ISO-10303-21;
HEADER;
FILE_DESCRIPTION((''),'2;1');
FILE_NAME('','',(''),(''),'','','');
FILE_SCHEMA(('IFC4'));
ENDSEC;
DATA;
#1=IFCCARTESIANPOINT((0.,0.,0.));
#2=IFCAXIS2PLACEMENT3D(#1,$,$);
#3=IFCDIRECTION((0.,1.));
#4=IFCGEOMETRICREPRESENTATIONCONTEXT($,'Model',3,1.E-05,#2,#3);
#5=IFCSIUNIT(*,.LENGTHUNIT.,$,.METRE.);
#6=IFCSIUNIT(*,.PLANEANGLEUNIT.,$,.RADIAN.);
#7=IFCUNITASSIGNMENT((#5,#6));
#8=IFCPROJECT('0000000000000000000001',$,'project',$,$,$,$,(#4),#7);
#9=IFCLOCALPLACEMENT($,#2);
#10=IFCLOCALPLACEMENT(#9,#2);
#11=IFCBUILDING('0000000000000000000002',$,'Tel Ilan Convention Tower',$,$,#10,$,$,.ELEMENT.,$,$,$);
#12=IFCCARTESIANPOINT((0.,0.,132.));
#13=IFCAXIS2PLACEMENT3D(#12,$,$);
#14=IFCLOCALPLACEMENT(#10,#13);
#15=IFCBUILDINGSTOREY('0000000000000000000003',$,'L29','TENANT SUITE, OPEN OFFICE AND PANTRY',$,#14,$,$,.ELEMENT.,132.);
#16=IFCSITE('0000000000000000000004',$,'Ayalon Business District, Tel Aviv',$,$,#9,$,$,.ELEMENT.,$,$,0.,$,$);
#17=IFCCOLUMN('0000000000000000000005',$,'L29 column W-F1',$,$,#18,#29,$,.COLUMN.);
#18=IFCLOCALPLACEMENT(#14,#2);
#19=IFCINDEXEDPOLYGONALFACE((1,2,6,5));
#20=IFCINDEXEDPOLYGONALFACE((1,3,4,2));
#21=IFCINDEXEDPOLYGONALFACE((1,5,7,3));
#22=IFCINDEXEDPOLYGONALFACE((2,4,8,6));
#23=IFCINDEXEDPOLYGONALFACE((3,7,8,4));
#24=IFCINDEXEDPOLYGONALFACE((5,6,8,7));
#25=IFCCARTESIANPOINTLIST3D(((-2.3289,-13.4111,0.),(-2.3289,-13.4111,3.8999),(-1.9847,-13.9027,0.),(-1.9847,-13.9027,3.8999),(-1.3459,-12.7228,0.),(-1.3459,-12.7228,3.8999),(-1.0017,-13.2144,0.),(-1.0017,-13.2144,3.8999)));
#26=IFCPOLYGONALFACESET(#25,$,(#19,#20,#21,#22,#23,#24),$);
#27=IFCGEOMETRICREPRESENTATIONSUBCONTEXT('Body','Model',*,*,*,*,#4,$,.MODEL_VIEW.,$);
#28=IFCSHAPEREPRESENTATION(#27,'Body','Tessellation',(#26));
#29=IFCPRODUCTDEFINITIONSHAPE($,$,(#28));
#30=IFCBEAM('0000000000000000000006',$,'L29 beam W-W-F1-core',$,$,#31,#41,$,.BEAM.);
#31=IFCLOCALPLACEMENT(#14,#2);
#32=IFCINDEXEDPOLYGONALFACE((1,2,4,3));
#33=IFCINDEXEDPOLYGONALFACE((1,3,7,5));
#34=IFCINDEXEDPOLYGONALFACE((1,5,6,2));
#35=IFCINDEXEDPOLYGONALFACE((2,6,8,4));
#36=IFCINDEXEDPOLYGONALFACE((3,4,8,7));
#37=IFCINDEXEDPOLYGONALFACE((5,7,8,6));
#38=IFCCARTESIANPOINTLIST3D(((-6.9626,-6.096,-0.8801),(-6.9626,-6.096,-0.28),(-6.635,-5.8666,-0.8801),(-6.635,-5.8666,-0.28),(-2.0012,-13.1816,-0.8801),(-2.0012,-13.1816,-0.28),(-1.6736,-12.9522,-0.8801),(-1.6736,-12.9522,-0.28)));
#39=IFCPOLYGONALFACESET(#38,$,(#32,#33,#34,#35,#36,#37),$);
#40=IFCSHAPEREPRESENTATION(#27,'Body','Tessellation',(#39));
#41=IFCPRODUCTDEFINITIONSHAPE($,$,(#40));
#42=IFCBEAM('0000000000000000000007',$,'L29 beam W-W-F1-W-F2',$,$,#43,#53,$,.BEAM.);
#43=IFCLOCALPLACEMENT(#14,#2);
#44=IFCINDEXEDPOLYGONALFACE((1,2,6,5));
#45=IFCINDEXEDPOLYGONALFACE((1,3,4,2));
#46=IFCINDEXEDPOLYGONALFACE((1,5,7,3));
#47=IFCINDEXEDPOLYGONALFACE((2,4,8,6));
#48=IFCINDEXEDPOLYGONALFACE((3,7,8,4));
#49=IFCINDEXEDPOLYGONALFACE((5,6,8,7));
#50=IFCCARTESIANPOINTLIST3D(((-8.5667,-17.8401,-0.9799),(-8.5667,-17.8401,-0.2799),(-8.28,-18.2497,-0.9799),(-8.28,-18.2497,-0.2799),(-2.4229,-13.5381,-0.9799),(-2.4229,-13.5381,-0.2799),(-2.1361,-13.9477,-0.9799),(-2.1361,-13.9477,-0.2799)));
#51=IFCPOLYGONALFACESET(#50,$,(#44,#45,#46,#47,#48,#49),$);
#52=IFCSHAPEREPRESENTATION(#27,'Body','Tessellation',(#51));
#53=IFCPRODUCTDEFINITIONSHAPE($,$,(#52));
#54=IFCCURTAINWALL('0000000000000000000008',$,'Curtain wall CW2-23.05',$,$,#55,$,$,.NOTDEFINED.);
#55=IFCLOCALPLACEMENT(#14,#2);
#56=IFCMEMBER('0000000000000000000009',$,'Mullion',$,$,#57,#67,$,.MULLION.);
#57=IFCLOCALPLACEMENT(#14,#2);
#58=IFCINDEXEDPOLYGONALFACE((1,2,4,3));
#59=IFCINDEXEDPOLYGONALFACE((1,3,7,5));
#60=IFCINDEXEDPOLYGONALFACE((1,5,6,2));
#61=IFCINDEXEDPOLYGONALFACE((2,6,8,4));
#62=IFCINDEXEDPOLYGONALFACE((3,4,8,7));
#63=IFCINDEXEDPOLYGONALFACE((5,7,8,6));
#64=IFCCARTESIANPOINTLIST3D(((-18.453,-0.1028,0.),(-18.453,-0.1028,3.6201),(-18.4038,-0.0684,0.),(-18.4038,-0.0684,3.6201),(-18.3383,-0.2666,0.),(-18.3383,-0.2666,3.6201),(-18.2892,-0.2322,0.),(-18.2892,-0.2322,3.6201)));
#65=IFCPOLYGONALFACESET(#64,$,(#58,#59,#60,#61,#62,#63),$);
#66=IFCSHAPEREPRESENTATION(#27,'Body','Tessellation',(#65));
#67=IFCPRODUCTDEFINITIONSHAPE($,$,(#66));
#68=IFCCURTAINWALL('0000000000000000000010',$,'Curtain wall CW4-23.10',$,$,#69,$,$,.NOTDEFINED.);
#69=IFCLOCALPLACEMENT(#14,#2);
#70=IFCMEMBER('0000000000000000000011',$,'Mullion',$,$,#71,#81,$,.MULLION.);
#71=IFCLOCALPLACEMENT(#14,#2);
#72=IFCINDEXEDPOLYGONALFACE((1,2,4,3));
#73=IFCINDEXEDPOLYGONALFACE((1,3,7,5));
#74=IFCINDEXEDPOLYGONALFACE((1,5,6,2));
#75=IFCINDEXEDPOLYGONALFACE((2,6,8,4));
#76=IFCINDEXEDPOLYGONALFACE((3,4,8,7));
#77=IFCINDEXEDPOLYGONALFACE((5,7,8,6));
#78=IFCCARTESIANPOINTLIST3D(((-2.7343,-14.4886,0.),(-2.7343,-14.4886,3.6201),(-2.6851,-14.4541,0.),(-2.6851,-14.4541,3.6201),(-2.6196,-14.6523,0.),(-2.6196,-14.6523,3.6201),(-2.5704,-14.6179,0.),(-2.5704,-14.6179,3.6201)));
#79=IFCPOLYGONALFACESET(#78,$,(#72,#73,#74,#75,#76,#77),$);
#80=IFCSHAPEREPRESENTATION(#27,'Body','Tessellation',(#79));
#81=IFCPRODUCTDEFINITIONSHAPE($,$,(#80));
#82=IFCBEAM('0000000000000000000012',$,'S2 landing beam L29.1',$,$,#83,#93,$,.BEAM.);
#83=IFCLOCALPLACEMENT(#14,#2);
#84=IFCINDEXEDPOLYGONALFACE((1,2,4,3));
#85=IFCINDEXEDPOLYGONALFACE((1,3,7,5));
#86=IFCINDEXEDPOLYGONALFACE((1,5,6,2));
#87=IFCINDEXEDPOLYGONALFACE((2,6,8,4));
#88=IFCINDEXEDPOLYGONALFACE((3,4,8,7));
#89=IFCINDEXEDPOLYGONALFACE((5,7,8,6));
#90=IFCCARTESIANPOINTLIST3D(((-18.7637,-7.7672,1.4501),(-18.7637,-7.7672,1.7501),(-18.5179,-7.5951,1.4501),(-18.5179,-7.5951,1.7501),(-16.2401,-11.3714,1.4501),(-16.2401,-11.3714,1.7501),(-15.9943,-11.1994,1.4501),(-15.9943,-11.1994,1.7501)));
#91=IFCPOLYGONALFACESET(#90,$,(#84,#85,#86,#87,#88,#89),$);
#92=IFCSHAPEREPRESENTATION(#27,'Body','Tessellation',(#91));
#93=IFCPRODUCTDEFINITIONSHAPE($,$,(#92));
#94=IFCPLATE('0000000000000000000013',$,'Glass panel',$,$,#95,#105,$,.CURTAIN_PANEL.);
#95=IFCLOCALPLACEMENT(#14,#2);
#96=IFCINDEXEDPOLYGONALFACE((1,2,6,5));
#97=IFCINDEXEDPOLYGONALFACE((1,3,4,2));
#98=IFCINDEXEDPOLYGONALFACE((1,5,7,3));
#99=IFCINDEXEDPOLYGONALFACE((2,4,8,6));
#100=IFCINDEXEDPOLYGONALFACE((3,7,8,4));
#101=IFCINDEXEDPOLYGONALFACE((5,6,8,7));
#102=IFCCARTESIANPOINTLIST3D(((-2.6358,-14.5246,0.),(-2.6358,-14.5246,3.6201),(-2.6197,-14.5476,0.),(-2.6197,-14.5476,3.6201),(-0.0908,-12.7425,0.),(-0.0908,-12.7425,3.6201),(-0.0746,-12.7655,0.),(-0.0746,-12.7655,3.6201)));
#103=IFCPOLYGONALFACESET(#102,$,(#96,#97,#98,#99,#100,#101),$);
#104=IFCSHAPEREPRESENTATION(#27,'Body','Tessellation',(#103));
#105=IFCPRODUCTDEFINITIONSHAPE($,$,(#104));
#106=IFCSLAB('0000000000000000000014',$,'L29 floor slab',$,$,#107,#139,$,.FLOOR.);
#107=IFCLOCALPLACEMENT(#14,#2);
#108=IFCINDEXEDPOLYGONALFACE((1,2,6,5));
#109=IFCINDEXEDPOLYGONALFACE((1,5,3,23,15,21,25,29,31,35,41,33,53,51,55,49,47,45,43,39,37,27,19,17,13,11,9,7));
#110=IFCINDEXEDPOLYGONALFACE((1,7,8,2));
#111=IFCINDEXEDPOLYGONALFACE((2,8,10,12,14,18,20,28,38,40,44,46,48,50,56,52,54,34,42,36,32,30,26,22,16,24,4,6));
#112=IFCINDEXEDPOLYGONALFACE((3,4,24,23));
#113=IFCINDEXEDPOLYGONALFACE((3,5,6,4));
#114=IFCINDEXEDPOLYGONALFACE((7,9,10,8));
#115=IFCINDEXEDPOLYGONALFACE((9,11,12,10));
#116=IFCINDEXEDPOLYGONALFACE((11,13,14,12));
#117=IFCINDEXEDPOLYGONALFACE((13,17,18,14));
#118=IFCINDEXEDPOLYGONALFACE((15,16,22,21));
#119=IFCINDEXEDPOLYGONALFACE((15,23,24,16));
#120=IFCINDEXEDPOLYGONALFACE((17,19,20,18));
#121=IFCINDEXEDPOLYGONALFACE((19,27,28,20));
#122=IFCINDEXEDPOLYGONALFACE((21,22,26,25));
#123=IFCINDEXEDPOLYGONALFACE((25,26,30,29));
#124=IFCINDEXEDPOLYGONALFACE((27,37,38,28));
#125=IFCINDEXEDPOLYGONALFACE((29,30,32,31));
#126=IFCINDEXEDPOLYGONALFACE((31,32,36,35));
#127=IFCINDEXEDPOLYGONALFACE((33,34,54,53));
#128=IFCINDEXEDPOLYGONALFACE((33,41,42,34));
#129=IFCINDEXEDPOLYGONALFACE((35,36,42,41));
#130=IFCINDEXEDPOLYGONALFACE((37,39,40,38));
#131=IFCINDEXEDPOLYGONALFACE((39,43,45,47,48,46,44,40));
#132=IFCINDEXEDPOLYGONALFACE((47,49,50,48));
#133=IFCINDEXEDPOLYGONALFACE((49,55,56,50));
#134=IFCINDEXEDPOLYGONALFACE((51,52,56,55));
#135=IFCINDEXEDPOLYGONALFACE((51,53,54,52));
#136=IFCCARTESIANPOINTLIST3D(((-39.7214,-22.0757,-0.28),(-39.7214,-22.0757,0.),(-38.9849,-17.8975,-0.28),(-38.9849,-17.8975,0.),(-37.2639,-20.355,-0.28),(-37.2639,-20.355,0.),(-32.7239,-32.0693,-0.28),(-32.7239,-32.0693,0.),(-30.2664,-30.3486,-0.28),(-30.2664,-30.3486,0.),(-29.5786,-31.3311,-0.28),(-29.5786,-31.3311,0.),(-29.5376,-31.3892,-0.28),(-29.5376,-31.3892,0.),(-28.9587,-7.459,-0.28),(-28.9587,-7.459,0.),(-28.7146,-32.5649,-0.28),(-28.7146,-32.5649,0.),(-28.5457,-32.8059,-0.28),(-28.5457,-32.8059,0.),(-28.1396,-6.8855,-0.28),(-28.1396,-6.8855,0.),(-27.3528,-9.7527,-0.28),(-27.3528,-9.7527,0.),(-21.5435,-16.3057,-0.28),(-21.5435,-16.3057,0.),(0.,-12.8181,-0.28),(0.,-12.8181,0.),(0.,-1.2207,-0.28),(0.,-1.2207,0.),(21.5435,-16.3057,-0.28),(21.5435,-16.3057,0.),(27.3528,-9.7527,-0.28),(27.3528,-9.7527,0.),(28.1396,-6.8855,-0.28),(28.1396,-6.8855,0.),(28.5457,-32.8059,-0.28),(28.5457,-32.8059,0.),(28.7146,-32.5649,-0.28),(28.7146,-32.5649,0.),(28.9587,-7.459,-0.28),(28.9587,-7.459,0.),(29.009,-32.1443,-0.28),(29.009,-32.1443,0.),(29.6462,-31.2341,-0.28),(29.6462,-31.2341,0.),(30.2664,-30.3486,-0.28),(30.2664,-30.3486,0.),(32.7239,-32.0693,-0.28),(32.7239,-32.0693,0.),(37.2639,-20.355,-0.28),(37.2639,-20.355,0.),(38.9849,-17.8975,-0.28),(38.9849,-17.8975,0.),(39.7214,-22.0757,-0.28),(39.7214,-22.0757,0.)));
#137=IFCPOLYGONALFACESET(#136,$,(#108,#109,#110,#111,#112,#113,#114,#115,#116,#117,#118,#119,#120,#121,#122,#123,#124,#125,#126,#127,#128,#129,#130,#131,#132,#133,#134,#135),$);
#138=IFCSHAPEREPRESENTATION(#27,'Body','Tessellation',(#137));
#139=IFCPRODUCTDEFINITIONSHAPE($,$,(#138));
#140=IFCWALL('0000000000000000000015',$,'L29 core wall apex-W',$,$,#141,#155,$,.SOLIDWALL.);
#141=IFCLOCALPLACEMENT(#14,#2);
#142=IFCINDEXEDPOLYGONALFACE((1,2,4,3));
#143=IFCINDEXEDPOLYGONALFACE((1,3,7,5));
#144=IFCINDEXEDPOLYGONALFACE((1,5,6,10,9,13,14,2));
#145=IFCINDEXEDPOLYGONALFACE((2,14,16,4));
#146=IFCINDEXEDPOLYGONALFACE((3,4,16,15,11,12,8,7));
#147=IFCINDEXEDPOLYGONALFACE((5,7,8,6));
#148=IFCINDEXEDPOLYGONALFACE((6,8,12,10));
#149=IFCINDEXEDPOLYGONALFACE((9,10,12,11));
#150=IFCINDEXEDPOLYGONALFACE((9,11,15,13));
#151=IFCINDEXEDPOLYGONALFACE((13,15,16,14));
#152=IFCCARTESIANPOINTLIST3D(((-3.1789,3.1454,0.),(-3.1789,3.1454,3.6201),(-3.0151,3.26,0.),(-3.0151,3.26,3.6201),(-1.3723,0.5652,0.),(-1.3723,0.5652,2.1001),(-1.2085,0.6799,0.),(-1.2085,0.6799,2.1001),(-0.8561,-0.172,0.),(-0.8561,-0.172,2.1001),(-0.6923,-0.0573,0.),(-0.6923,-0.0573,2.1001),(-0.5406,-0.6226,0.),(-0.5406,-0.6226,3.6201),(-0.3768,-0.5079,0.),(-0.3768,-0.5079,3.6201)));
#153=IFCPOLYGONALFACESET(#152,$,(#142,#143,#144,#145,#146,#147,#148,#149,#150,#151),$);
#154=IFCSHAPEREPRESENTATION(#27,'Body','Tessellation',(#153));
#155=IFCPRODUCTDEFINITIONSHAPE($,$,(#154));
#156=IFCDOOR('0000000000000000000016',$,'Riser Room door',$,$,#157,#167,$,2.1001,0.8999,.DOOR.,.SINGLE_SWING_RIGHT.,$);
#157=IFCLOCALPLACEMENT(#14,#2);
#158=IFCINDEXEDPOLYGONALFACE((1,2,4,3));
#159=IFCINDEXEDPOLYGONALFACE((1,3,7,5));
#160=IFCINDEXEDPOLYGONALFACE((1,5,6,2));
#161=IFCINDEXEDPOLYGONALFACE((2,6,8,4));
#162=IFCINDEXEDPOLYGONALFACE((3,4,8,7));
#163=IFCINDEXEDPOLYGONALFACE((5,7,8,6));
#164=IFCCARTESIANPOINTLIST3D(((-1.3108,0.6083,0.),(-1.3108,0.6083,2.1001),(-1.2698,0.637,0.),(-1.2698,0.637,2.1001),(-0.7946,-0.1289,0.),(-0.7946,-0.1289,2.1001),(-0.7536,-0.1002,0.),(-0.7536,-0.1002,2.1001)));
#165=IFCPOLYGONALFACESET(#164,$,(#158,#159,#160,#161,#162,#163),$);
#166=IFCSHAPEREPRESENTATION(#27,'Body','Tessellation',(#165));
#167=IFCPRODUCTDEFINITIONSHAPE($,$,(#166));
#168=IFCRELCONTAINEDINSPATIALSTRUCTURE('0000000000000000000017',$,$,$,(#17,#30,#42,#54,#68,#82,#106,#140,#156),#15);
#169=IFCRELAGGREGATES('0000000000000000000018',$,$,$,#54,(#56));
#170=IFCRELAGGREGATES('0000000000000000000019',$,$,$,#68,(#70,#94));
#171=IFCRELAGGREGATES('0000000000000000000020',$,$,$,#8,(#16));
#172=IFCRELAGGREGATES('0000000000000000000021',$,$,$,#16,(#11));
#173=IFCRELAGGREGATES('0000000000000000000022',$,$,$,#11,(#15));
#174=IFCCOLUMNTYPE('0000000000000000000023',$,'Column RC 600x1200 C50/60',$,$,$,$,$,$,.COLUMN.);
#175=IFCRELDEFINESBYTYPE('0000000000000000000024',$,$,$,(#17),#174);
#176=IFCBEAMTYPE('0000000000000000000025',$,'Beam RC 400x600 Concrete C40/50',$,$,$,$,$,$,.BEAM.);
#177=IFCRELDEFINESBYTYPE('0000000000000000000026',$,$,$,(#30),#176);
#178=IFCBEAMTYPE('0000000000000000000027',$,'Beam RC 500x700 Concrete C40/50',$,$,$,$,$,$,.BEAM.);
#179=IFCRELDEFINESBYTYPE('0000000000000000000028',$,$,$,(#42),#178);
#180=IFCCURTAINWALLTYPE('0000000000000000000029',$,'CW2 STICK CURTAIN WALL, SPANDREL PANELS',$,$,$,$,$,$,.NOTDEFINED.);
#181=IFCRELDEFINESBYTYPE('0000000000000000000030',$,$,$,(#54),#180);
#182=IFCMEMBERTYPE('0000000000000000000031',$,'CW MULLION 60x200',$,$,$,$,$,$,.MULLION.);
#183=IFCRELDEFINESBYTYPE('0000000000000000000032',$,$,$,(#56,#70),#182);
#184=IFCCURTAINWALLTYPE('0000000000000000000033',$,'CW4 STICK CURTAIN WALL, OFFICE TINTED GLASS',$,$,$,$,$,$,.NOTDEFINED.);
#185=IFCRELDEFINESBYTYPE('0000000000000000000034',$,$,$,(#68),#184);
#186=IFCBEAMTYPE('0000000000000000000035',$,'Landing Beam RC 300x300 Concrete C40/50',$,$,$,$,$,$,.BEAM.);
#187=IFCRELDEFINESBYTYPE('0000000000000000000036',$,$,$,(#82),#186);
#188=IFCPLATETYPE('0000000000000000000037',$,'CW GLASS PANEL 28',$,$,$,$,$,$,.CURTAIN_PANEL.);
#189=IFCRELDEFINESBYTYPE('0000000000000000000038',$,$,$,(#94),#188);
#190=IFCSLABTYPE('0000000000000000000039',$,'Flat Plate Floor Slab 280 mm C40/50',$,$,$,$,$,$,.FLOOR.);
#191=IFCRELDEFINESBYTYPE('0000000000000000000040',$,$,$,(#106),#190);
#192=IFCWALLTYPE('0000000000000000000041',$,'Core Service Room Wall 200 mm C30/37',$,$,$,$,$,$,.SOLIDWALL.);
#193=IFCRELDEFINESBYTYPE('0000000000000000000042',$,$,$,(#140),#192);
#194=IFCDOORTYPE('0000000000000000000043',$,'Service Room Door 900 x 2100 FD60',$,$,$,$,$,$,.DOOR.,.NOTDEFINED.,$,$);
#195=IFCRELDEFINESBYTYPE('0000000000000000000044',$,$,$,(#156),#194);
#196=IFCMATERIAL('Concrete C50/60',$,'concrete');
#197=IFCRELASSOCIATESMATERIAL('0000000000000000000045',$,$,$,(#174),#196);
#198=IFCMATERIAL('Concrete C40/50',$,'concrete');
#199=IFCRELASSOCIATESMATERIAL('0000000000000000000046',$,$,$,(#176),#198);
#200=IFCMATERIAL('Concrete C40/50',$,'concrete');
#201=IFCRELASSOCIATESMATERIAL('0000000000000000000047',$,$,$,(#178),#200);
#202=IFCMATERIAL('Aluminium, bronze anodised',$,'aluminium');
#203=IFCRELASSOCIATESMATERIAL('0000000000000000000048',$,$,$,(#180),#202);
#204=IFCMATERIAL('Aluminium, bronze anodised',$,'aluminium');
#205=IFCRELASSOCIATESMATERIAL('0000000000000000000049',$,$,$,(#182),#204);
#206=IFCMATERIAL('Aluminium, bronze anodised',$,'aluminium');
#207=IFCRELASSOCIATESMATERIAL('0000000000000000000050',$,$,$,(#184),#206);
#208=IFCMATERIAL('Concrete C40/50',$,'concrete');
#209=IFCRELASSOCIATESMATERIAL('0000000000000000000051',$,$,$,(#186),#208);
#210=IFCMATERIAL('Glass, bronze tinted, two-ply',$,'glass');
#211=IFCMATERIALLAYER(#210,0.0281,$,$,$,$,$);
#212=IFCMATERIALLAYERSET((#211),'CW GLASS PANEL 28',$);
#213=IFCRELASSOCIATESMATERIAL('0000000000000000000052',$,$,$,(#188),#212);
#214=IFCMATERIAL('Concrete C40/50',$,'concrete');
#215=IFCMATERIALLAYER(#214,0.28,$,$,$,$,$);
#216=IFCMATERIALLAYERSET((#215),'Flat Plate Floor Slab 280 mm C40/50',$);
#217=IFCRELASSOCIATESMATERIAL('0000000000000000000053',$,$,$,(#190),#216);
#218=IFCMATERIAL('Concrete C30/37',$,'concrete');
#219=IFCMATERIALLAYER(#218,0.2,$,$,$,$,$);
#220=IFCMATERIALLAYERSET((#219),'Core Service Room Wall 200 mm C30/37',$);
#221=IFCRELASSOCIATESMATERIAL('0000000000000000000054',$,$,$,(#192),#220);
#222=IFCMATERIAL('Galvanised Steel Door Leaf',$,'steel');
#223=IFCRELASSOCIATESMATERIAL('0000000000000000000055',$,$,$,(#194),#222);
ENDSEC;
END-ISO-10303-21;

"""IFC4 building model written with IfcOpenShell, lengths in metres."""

from ifc_helpers import new_model, si_unit, direction, frame, frame_2d, origin, origin_2d, place, context, subcontext, project, spatial, polyline, rectangle, outline, extrude, material, layer, layer_set, material_profile, profile_set, type_object, element, fill, aggregate, save


model = new_model("IFC4")

# Units and contexts
model_context = context("Model", 3, precision=1e-05, world=origin(), true_north=direction((0.0, 1.0)))
body_context = subcontext(model_context, "Body", "Model", "MODEL_VIEW")
ifc_project = project(units=[si_unit("LENGTHUNIT", "METRE"), si_unit("PLANEANGLEUNIT", "RADIAN")], contexts=[model_context])

# Site, building, storey
site_placement = place(None, origin())
site = spatial("IfcSite", under=ifc_project, at=site_placement, Name="Ayalon Business District, Tel Aviv", CompositionType="ELEMENT", RefElevation=0.0)
building_placement = place(site_placement, origin())
building = spatial("IfcBuilding", under=site, at=building_placement, Name="Tel Ilan Convention Tower", CompositionType="ELEMENT")
storey_placement = place(building_placement, frame((0.0, 0.0, 132.0)))
storey = spatial("IfcBuildingStorey", under=building, at=storey_placement, Name="L29", Description="TENANT SUITE, OPEN OFFICE AND PANTRY", CompositionType="ELEMENT", Elevation=132.0)

# Column
ifc_material_1 = material(Name="Concrete C50/60", Category="concrete")
ifc_material_profile_1 = material_profile(ifc_material_1, rectangle(XDim=1.2, YDim=0.6001, at=origin_2d()), Name="RC 600x1200")
ifc_profile_set_1 = profile_set([ifc_material_profile_1], Name="Concrete C50/60")
column_type = type_object("IfcColumnType", Name="Column RC 600x1200 C50/60", PredefinedType="COLUMN", material=ifc_profile_set_1)
column_placement = place(storey_placement, frame((-1.6653, -13.3127, 0.0), z_axis=(0.0, 0.0, 1.0), x_axis=(-0.819152, -0.573576, 0.0)))
element("IfcColumn", 1, at=column_placement, inside=storey, type_object=column_type, Name="L29 column W-F1", PredefinedType="COLUMN", context=body_context, shape_type="SweptSolid", body=[
    extrude(rectangle(XDim=1.2, YDim=0.6001, at=origin_2d()), origin(), (0.0, 0.0, 1.0), 3.8999),
])

# Beams
ifc_material_2 = material(Name="Concrete C40/50", Category="concrete")
ifc_material_profile_2 = material_profile(ifc_material_2, rectangle(XDim=0.3999, YDim=0.6001, at=origin_2d()), Name="RC 400x600")
ifc_profile_set_2 = profile_set([ifc_material_profile_2], Name="Concrete C40/50")
beam_type_1 = type_object("IfcBeamType", Name="Beam RC 400x600 Concrete C40/50", PredefinedType="BEAM", material=ifc_profile_set_2)
beam_1_placement = place(storey_placement, frame((-1.8374, -13.0669, -0.5801), z_axis=(-0.573574, 0.819154, 0.0), x_axis=(-0.819154, -0.573574, 0.0)))
element("IfcBeam", 2, at=beam_1_placement, inside=storey, type_object=beam_type_1, Name="L29 beam W-W-F1-core", PredefinedType="BEAM", context=body_context, shape_type="SweptSolid", body=[
    extrude(rectangle(XDim=0.3999, YDim=0.6001, at=origin_2d()), origin(), (0.0, 0.0, 1.0), 8.6499),
])
ifc_material_3 = material(Name="Concrete C40/50", Category="concrete")
ifc_material_profile_3 = material_profile(ifc_material_3, rectangle(XDim=0.5, YDim=0.7, at=origin_2d()), Name="RC 500x700")
ifc_profile_set_3 = profile_set([ifc_material_profile_3], Name="Concrete C40/50")
beam_type_2 = type_object("IfcBeamType", Name="Beam RC 500x700 Concrete C40/50", PredefinedType="BEAM", material=ifc_profile_set_3)
beam_2_placement = place(storey_placement, frame((-2.2795, -13.7429, -0.6299), z_axis=(-0.819148, -0.573582, 0.0), x_axis=(0.573582, -0.819148, 0.0)))
element("IfcBeam", 3, at=beam_2_placement, inside=storey, type_object=beam_type_2, Name="L29 beam W-W-F1-W-F2", PredefinedType="BEAM", context=body_context, shape_type="SweptSolid", body=[
    extrude(rectangle(XDim=0.5, YDim=0.7, at=origin_2d()), origin(), (0.0, 0.0, 1.0), 7.5002),
])

# Curtain walls, members
ifc_material_4 = material(Name="Aluminium, bronze anodised", Category="aluminium")
curtain_wall_type_1 = type_object("IfcCurtainWallType", Name="CW2 STICK CURTAIN WALL, SPANDREL PANELS", PredefinedType="NOTDEFINED", material=ifc_material_4)
curtain_wall_1_placement = place(storey_placement, origin())
curtain_wall_1 = element("IfcCurtainWall", 4, at=curtain_wall_1_placement, inside=storey, type_object=curtain_wall_type_1, Name="Curtain wall CW2-23.05", PredefinedType="NOTDEFINED")
ifc_material_5 = material(Name="Aluminium, bronze anodised", Category="aluminium")
ifc_material_profile_4 = material_profile(ifc_material_5, rectangle(XDim=0.0601, YDim=0.2, at=origin_2d()), Name="CW MULLION 60x200")
ifc_profile_set_4 = profile_set([ifc_material_profile_4], Name="Aluminium, bronze anodised")
member_type = type_object("IfcMemberType", Name="CW MULLION 60x200", PredefinedType="MULLION", material=ifc_profile_set_4)
member_1_placement = place(storey_placement, frame((-18.3711, -0.1675, 0.0), z_axis=(0.0, 0.0, 1.0), x_axis=(-0.819152, -0.573576, 0.0)))
member_1 = element("IfcMember", 5, at=member_1_placement, type_object=member_type, Name="Mullion", PredefinedType="MULLION", context=body_context, shape_type="SweptSolid", body=[
    extrude(rectangle(XDim=0.0601, YDim=0.2, at=origin_2d()), origin(), (0.0, 0.0, 1.0), 3.6201),
])
aggregate(curtain_wall_1, [member_1])
ifc_material_6 = material(Name="Aluminium, bronze anodised", Category="aluminium")
curtain_wall_type_2 = type_object("IfcCurtainWallType", Name="CW4 STICK CURTAIN WALL, OFFICE TINTED GLASS", PredefinedType="NOTDEFINED", material=ifc_material_6)
curtain_wall_2_placement = place(storey_placement, origin())
curtain_wall_2 = element("IfcCurtainWall", 6, at=curtain_wall_2_placement, inside=storey, type_object=curtain_wall_type_2, Name="Curtain wall CW4-23.10", PredefinedType="NOTDEFINED")
member_2_placement = place(storey_placement, frame((-2.6523, -14.5532, 0.0), z_axis=(0.0, 0.0, 1.0), x_axis=(0.819152, 0.573576, 0.0)))
member_2 = element("IfcMember", 7, at=member_2_placement, type_object=member_type, Name="Mullion", PredefinedType="MULLION", context=body_context, shape_type="SweptSolid", body=[
    extrude(rectangle(XDim=0.0601, YDim=0.2, at=origin_2d()), origin(), (0.0, 0.0, 1.0), 3.6201),
])

# Beam
ifc_material_7 = material(Name="Concrete C40/50", Category="concrete")
ifc_material_profile_5 = material_profile(ifc_material_7, rectangle(XDim=0.3, YDim=0.3, at=origin_2d()), Name="RC 300x300")
ifc_profile_set_5 = profile_set([ifc_material_profile_5], Name="Concrete C40/50")
beam_type_3 = type_object("IfcBeamType", Name="Landing Beam RC 300x300 Concrete C40/50", PredefinedType="BEAM", material=ifc_profile_set_5)
beam_3_placement = place(storey_placement, frame((-16.1172, -11.2854, 1.6001), z_axis=(-0.57357, 0.819156, 0.0), x_axis=(-0.819156, -0.57357, 0.0)))
element("IfcBeam", 8, at=beam_3_placement, inside=storey, type_object=beam_type_3, Name="S2 landing beam L29.1", PredefinedType="BEAM", context=body_context, shape_type="SweptSolid", body=[
    extrude(rectangle(XDim=0.3, YDim=0.3, at=origin_2d()), origin(), (0.0, 0.0, 1.0), 4.3999),
])

# Plate
ifc_material_8 = material(Name="Glass, bronze tinted, two-ply", Category="glass")
ifc_layer_1 = layer(ifc_material_8, 0.0281)
ifc_layer_set_1 = layer_set([ifc_layer_1], Name="CW GLASS PANEL 28")
plate_type = type_object("IfcPlateType", Name="CW GLASS PANEL 28", PredefinedType="CURTAIN_PANEL", material=ifc_layer_set_1)
plate_placement = place(storey_placement, frame((-1.3552, -13.645, 0.0), z_axis=(0.0, 0.0, 1.0), x_axis=(0.819152, 0.573576, 0.0)))
plate = element("IfcPlate", 9, at=plate_placement, type_object=plate_type, Name="Glass panel", PredefinedType="CURTAIN_PANEL", context=body_context, shape_type="SweptSolid", body=[
    extrude(rectangle(XDim=3.1069, YDim=0.0281, at=origin_2d()), origin(), (0.0, 0.0, 1.0), 3.6201),
])
aggregate(curtain_wall_2, [member_2, plate])

# Slab
ifc_material_9 = material(Name="Concrete C40/50", Category="concrete")
ifc_layer_2 = layer(ifc_material_9, 0.28)
ifc_layer_set_2 = layer_set([ifc_layer_2], Name="Flat Plate Floor Slab 280 mm C40/50")
slab_type = type_object("IfcSlabType", Name="Flat Plate Floor Slab 280 mm C40/50", PredefinedType="FLOOR", material=ifc_layer_set_2)
slab_placement = place(storey_placement, frame((0.0, 0.0, -0.28)))
element("IfcSlab", 10, at=slab_placement, inside=storey, type_object=slab_type, Name="L29 floor slab", PredefinedType="FLOOR", context=body_context, shape_type="SweptSolid", body=[
    extrude(outline(polyline([(-37.2639, -20.355), (-38.9849, -17.8975), (-27.3528, -9.7527), (-28.9587, -7.459), (-28.1396, -6.8855), (-21.5435, -16.3057), (0.0, -1.2207), (21.5435, -16.3057), (28.1396, -6.8855), (28.9587, -7.459), (27.3528, -9.7527), (38.9849, -17.8975), (37.2639, -20.355), (39.7214, -22.0757), (32.7239, -32.0693), (30.2664, -30.3486), (29.6462, -31.2341), (29.009, -32.1443), (28.7146, -32.5649), (28.5457, -32.8059), (0.0, -12.8181), (-28.5457, -32.8059), (-28.7146, -32.5649), (-29.5376, -31.3892), (-29.5786, -31.3311), (-30.2664, -30.3486), (-32.7239, -32.0693), (-39.7214, -22.0757), (-37.2639, -20.355)])), origin(), (0.0, 0.0, 1.0), 0.28),
])

# Wall, opening, door
ifc_material_10 = material(Name="Concrete C30/37", Category="concrete")
ifc_layer_3 = layer(ifc_material_10, 0.2)
ifc_layer_set_3 = layer_set([ifc_layer_3], Name="Core Service Room Wall 200 mm C30/37")
wall_type_1 = type_object("IfcWallType", Name="Core Service Room Wall 200 mm C30/37", PredefinedType="SOLIDWALL", material=ifc_layer_set_3)
wall_1_placement = place(storey_placement, frame((-0.4587, -0.5652, 0.0), z_axis=(0.0, 0.0, 1.0), x_axis=(-0.573576, 0.819152, 0.0)))
wall_1 = element("IfcWall", 11, at=wall_1_placement, inside=storey, type_object=wall_type_1, Name="L29 core wall apex-W", PredefinedType="SOLIDWALL", context=body_context, shape_type="SweptSolid", body=[
    extrude(rectangle(XDim=4.5999, YDim=0.2, at=frame_2d((2.2998, 0.0))), origin(), (0.0, 0.0, 1.0), 3.6201),
])
opening_1_placement = place(wall_1_placement, frame((0.55, 0.0, 0.0)))
opening_1 = element("IfcOpeningElement", 12, at=opening_1_placement, cuts=wall_1, PredefinedType="OPENING", context=body_context, shape_type="SweptSolid", body=[
    extrude(rectangle(XDim=0.8999, YDim=2.1001, at=frame_2d((0.45, 1.05))), frame((0.0, 0.1099, 0.0), z_axis=(0.0, -1.0, 0.0), x_axis=(1.0, 0.0, 0.0)), (0.0, 0.0, 1.0), 0.22),
])
ifc_material_11 = material(Name="Galvanised Steel Door Leaf", Category="steel")
door_type_1 = type_object("IfcDoorType", Name="Service Room Door 900 x 2100 FD60", OperationType="NOTDEFINED", PredefinedType="DOOR", material=ifc_material_11)
door_1_placement = place(opening_1_placement, origin())
door_1 = element("IfcDoor", 13, at=door_1_placement, inside=storey, type_object=door_type_1, Name="Riser Room door", OperationType="SINGLE_SWING_RIGHT", OverallHeight=2.1001, OverallWidth=0.8999, PredefinedType="DOOR", context=body_context, shape_type="SweptSolid", body=[
    extrude(rectangle(XDim=0.8999, YDim=2.1001, at=frame_2d((0.45, 1.05))), frame((0.0, 0.0249, 0.0), z_axis=(0.0, -1.0, 0.0), x_axis=(1.0, 0.0, 0.0)), (0.0, 0.0, 1.0), 0.05),
])
fill(opening_1, door_1)

save(model, "model.ifc")
